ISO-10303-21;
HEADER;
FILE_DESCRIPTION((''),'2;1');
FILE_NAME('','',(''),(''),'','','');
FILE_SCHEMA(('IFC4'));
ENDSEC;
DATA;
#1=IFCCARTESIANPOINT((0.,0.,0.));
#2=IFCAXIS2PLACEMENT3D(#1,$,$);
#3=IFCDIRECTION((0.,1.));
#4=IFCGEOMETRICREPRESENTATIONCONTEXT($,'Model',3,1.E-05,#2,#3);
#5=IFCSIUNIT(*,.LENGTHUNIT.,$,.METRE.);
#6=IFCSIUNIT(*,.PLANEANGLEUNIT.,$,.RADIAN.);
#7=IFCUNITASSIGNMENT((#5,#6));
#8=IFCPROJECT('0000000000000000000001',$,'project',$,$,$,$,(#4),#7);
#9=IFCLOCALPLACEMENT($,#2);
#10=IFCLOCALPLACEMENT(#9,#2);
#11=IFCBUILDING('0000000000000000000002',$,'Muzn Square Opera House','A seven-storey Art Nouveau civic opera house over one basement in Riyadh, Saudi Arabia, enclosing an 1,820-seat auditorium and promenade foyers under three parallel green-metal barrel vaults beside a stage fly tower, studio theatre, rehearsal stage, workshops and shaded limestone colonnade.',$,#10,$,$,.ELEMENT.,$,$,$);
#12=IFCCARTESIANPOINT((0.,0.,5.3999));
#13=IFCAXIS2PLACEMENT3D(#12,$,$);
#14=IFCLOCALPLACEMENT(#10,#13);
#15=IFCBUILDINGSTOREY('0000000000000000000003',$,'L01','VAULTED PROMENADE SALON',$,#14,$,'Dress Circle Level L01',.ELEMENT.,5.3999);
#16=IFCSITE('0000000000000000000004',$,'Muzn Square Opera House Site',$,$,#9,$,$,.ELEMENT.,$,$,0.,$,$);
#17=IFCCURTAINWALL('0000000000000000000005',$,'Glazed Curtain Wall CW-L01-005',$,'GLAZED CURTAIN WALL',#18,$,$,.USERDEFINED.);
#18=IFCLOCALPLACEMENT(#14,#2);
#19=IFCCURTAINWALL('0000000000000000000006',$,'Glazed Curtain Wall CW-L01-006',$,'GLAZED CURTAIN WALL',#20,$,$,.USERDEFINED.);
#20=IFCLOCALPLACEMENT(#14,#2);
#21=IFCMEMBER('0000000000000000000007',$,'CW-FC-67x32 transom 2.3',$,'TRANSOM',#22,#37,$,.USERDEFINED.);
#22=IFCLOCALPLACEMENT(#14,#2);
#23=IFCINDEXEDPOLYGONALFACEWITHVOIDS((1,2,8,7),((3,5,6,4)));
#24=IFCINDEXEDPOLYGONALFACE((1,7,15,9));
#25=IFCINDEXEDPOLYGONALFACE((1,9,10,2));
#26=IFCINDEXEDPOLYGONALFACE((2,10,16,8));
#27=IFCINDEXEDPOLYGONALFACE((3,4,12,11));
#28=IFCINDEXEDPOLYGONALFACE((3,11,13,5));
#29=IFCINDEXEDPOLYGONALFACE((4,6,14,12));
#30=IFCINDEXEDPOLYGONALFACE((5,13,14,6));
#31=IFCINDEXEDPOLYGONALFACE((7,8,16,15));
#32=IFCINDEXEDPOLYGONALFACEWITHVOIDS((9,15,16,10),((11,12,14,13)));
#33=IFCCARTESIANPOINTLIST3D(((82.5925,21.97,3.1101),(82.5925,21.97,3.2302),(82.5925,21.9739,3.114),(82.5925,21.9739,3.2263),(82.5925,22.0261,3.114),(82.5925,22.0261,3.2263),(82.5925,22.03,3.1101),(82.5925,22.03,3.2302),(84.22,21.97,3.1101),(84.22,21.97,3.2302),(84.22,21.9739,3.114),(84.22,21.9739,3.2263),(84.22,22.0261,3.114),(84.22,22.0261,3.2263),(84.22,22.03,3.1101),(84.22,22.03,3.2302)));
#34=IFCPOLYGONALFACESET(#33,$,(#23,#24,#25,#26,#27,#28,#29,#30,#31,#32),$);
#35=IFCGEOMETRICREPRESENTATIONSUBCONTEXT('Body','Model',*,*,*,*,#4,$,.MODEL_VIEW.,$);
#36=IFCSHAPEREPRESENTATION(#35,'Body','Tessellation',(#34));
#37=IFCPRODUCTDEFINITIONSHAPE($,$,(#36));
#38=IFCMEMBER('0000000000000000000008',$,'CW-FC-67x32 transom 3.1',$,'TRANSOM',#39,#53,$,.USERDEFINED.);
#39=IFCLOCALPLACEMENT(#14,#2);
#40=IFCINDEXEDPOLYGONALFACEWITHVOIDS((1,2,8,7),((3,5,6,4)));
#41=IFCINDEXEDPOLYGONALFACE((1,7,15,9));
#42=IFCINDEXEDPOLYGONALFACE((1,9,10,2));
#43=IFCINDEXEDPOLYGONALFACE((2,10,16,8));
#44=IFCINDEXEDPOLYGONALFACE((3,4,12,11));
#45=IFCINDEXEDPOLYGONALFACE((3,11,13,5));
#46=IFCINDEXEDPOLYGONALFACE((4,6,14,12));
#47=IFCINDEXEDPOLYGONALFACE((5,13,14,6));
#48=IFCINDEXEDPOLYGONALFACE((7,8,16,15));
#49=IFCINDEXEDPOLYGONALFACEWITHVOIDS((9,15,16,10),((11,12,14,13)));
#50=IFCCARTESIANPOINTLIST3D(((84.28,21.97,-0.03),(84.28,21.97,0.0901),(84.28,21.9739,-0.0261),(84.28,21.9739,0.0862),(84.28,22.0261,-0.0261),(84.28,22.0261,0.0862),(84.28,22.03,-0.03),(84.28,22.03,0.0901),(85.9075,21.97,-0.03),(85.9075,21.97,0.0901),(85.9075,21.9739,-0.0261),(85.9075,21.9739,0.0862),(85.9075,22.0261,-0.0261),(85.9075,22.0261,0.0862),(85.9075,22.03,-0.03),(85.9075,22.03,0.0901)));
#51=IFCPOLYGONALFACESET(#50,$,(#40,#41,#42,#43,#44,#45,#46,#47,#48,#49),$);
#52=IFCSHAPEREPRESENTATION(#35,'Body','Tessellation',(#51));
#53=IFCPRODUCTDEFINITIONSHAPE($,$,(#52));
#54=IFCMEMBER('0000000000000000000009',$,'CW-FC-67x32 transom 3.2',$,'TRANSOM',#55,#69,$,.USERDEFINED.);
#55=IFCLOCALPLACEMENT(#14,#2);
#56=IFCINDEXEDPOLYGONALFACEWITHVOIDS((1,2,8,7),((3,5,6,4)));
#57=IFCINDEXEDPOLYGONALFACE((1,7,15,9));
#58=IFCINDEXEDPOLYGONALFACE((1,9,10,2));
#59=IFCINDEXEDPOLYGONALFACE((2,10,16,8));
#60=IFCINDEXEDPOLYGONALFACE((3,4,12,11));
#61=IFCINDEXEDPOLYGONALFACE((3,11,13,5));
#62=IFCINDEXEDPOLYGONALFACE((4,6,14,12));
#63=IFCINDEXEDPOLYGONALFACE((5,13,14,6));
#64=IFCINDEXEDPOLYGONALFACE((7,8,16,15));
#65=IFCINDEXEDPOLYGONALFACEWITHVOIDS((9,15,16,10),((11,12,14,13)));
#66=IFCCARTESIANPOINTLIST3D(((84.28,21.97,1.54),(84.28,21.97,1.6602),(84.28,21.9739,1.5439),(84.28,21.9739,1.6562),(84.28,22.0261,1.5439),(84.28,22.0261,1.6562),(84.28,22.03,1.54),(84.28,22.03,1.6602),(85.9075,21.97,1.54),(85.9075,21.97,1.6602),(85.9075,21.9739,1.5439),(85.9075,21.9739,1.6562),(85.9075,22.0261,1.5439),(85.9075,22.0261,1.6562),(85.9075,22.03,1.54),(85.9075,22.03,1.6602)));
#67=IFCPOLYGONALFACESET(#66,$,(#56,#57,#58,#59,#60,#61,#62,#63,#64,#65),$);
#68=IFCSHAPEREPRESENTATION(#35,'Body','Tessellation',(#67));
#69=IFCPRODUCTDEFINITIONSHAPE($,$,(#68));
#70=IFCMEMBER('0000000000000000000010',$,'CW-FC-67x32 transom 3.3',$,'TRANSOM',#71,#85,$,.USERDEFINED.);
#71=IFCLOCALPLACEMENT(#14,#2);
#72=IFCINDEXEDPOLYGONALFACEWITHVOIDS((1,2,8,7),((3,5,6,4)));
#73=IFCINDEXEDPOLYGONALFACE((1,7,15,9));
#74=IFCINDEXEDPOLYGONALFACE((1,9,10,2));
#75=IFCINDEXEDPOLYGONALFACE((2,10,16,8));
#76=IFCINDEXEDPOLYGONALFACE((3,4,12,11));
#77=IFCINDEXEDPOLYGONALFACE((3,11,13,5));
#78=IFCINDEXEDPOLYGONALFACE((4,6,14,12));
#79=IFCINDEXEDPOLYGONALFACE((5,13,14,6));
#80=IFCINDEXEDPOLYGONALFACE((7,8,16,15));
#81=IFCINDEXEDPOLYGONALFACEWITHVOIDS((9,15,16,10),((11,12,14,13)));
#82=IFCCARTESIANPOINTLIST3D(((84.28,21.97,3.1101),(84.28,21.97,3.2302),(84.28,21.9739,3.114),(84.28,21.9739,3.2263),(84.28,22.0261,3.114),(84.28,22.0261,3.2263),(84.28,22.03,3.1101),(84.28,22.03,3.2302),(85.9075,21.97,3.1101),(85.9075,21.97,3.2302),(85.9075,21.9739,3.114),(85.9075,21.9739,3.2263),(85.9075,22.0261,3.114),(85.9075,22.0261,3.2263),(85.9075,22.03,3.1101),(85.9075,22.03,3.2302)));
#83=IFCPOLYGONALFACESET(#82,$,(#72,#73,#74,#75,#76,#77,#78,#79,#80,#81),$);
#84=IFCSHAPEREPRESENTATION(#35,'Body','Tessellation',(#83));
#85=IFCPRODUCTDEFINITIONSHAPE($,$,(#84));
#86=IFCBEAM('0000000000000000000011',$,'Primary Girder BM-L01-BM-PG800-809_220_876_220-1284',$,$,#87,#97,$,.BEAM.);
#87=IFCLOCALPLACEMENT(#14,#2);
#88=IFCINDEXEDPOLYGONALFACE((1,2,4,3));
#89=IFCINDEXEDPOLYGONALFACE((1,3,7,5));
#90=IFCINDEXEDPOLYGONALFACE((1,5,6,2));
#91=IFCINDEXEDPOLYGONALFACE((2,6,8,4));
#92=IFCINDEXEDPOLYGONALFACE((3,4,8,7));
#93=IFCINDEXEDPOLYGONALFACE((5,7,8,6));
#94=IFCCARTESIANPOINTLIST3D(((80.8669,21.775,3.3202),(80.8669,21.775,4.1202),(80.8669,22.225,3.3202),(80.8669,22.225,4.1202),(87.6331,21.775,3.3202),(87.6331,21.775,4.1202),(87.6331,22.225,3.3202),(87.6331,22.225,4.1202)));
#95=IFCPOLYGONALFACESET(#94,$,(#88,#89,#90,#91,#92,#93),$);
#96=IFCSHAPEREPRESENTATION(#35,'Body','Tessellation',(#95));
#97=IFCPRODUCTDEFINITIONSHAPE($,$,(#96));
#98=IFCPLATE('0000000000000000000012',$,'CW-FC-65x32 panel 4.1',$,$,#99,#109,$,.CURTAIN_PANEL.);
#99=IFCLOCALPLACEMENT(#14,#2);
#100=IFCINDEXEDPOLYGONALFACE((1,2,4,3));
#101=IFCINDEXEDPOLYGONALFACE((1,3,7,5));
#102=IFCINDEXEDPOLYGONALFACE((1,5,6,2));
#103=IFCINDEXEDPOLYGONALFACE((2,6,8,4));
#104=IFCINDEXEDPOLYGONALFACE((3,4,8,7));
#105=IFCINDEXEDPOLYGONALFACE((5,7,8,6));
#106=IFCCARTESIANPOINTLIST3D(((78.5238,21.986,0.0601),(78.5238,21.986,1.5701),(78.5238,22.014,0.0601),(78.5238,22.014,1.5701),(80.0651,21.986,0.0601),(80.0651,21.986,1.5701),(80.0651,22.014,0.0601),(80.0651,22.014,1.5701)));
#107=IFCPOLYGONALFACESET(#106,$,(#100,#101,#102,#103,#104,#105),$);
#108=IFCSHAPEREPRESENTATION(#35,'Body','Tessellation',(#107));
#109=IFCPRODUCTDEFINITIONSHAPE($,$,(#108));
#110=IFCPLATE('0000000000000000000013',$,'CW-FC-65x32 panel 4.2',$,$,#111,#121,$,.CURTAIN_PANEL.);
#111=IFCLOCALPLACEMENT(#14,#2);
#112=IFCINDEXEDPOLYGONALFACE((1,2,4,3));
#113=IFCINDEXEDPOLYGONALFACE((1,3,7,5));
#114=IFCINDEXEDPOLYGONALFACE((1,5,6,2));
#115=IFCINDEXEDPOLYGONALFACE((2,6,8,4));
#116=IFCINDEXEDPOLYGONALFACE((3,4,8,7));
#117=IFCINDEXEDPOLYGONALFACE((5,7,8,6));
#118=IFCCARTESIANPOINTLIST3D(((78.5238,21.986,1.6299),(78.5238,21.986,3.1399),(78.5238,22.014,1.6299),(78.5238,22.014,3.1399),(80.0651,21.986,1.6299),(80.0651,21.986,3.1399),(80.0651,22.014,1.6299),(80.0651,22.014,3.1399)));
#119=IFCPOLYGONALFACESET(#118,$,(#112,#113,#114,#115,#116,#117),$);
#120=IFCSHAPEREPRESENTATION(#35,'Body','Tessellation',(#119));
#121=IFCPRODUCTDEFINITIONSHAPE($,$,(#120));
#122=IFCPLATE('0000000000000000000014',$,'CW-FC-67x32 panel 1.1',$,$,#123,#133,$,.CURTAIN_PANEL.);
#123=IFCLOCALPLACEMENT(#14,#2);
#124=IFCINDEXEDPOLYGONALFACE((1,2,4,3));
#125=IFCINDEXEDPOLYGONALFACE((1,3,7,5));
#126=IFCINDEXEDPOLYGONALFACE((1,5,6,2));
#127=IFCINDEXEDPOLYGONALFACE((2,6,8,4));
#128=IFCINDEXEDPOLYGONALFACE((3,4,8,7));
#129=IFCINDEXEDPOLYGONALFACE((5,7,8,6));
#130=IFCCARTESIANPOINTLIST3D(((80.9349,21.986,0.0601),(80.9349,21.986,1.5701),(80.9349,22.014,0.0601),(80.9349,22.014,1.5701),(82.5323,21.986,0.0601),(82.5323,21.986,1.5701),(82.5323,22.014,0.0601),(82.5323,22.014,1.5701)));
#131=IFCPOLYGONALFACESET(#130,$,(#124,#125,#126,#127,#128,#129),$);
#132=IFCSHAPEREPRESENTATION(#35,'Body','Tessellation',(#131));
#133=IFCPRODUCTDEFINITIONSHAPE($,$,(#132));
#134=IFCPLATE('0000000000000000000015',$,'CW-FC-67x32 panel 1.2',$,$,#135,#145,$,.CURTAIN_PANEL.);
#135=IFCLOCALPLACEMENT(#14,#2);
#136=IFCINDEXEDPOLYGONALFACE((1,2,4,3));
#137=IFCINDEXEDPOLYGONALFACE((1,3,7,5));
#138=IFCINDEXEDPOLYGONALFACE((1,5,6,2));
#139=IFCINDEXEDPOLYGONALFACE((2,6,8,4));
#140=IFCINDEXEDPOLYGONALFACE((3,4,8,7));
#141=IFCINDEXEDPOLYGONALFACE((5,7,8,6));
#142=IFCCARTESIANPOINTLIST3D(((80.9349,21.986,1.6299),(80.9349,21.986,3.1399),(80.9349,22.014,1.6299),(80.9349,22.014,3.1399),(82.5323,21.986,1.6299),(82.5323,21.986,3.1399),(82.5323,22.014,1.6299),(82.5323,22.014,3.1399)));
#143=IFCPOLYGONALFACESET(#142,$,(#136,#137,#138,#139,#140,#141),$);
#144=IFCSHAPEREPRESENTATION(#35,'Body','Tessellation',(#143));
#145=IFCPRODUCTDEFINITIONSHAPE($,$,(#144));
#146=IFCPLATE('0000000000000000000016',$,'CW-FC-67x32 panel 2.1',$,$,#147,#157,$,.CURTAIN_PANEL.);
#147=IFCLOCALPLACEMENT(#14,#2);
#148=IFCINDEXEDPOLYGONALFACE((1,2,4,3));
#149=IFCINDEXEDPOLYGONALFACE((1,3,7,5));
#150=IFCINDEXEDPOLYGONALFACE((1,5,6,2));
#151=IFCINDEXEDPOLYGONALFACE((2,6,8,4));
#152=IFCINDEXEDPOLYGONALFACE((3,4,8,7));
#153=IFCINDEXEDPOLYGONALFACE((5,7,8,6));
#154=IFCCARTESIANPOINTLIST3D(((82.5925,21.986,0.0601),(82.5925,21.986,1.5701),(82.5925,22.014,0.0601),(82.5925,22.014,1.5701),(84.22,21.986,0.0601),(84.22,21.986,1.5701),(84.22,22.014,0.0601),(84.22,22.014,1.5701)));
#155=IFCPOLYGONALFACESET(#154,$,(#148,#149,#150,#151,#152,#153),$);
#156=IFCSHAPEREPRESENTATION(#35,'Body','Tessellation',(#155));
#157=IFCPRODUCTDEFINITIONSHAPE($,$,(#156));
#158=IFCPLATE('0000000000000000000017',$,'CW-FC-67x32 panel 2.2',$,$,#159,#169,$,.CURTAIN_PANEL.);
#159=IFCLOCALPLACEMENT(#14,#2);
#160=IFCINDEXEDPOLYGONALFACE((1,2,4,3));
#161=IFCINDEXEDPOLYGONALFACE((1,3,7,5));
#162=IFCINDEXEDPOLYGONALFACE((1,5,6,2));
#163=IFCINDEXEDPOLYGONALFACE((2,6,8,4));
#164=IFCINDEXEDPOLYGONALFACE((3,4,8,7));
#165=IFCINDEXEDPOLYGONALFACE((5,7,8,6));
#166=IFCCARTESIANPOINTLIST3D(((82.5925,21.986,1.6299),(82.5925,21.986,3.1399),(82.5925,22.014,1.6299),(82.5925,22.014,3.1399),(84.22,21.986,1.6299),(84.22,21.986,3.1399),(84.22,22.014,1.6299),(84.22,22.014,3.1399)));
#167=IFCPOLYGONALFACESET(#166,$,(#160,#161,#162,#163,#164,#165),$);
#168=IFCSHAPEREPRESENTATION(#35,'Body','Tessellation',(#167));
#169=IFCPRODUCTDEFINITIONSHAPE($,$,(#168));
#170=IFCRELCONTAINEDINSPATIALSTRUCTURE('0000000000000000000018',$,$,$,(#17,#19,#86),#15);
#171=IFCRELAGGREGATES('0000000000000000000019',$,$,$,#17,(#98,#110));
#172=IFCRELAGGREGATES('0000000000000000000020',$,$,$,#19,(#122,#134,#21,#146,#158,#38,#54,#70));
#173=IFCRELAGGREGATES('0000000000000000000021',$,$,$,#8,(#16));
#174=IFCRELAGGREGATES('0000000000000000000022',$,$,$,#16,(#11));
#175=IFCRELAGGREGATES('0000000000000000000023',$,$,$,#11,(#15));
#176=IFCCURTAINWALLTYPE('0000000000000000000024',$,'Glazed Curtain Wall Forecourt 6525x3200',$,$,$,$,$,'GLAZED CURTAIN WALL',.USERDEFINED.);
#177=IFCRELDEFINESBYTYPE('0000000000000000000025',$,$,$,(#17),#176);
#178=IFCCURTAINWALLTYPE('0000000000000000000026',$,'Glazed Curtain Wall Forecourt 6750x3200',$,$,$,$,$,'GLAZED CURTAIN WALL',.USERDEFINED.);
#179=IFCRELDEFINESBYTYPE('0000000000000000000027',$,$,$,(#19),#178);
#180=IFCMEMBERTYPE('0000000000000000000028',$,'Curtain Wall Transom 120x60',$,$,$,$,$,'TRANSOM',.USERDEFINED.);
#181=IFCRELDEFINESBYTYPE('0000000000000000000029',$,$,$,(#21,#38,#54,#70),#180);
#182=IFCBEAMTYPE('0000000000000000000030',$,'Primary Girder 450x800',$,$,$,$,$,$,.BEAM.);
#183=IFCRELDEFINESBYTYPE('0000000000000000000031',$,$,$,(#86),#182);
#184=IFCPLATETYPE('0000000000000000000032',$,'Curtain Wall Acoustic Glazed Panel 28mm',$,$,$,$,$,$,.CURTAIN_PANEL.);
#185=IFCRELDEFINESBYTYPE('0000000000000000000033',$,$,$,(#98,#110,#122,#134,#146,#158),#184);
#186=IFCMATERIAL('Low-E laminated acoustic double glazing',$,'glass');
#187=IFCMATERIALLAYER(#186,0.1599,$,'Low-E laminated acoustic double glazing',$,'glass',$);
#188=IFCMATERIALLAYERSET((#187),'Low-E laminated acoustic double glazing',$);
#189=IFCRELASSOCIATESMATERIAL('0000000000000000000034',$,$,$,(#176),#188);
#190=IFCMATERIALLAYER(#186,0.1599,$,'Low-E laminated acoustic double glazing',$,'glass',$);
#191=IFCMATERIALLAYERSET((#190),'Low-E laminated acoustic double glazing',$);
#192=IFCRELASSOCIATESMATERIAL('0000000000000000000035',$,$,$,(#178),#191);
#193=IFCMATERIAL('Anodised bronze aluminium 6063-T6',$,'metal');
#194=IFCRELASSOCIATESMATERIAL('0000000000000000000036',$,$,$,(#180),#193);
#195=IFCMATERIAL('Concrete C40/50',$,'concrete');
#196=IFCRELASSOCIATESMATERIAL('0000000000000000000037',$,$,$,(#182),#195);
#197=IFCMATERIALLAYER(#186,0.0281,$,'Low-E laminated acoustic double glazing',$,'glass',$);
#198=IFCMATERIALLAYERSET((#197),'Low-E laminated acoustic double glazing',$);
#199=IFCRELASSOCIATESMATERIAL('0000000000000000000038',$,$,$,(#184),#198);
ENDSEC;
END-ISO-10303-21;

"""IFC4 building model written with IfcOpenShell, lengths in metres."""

from ifc_helpers import new_model, si_unit, direction, frame, origin, origin_2d, place, context, subcontext, project, spatial, rectangle, hollow_rectangle, extrude, material, layer, layer_set, material_profile, profile_set, type_object, element, aggregate, save


model = new_model("IFC4")

# Units and contexts
model_context = context("Model", 3, precision=1e-05, world=origin(), true_north=direction((0.0, 1.0)))
body_context = subcontext(model_context, "Body", "Model", "MODEL_VIEW")
ifc_project = project(units=[si_unit("LENGTHUNIT", "METRE"), si_unit("PLANEANGLEUNIT", "RADIAN")], contexts=[model_context])

# Site, building, storey
site_placement = place(None, origin())
site = spatial("IfcSite", under=ifc_project, at=site_placement, Name="Muzn Square Opera House Site", CompositionType="ELEMENT", RefElevation=0.0)
building_placement = place(site_placement, origin())
building = spatial("IfcBuilding", under=site, at=building_placement, Name="Muzn Square Opera House", Description="A seven-storey Art Nouveau civic opera house over one basement in Riyadh, Saudi Arabia, enclosing an 1,820-seat auditorium and promenade foyers under three parallel green-metal barrel vaults beside a stage fly tower, studio theatre, rehearsal stage, workshops and shaded limestone colonnade.", CompositionType="ELEMENT")
storey_placement = place(building_placement, frame((0.0, 0.0, 5.3999)))
storey = spatial("IfcBuildingStorey", under=building, at=storey_placement, Name="L01", Description="VAULTED PROMENADE SALON", LongName="Dress Circle Level L01", CompositionType="ELEMENT", Elevation=5.3999)

# Curtain wall
ifc_material_1 = material(Name="Low-E laminated acoustic double glazing", Category="glass")
ifc_layer_1 = layer(ifc_material_1, 0.1599, Name="Low-E laminated acoustic double glazing", Category="glass")
ifc_layer_set_1 = layer_set([ifc_layer_1], Name="Low-E laminated acoustic double glazing")
curtain_wall_type_1 = type_object("IfcCurtainWallType", Name="Glazed Curtain Wall Forecourt 6525x3200", ElementType="GLAZED CURTAIN WALL", PredefinedType="USERDEFINED", material=ifc_layer_set_1)
curtain_wall_1_placement = place(storey_placement, origin())
curtain_wall_1 = element("IfcCurtainWall", 1, at=curtain_wall_1_placement, inside=storey, type_object=curtain_wall_type_1, Name="Glazed Curtain Wall CW-L01-005", ObjectType="GLAZED CURTAIN WALL", PredefinedType="USERDEFINED")
ifc_material_2 = material(Name="Anodised bronze aluminium 6063-T6", Category="metal")

# Curtain wall
ifc_layer_2 = layer(ifc_material_1, 0.1599, Name="Low-E laminated acoustic double glazing", Category="glass")
ifc_layer_set_2 = layer_set([ifc_layer_2], Name="Low-E laminated acoustic double glazing")
curtain_wall_type_2 = type_object("IfcCurtainWallType", Name="Glazed Curtain Wall Forecourt 6750x3200", ElementType="GLAZED CURTAIN WALL", PredefinedType="USERDEFINED", material=ifc_layer_set_2)
curtain_wall_2_placement = place(storey_placement, origin())
curtain_wall_2 = element("IfcCurtainWall", 2, at=curtain_wall_2_placement, inside=storey, type_object=curtain_wall_type_2, Name="Glazed Curtain Wall CW-L01-006", ObjectType="GLAZED CURTAIN WALL", PredefinedType="USERDEFINED")

# Members
ifc_material_profile_1 = material_profile(ifc_material_2, hollow_rectangle(XDim=0.0601, YDim=0.1201, WallThickness=0.0039, at=origin_2d()), Name="ALU 120x60x4", Category="metal")
ifc_profile_set_1 = profile_set([ifc_material_profile_1], Name="Anodised bronze aluminium 6063-T6")
member_type_1 = type_object("IfcMemberType", Name="Curtain Wall Transom 120x60", ElementType="TRANSOM", PredefinedType="USERDEFINED", material=ifc_profile_set_1)
member_1_placement = place(storey_placement, frame((82.5925, 22.0, 3.1702), z_axis=(1.0, 0.0, 0.0), x_axis=(0.0, 1.0, 0.0)))
member_1 = element("IfcMember", 3, at=member_1_placement, type_object=member_type_1, Name="CW-FC-67x32 transom 2.3", ObjectType="TRANSOM", PredefinedType="USERDEFINED", context=body_context, shape_type="SweptSolid", body=[
    extrude(hollow_rectangle(XDim=0.0601, YDim=0.1201, WallThickness=0.0039, at=origin_2d()), origin(), (0.0, 0.0, 1.0), 1.6274),
])
member_2_placement = place(storey_placement, frame((84.28, 22.0, 0.03), z_axis=(1.0, 0.0, 0.0), x_axis=(0.0, 1.0, 0.0)))
member_2 = element("IfcMember", 4, at=member_2_placement, type_object=member_type_1, Name="CW-FC-67x32 transom 3.1", ObjectType="TRANSOM", PredefinedType="USERDEFINED", context=body_context, shape_type="SweptSolid", body=[
    extrude(hollow_rectangle(XDim=0.0601, YDim=0.1201, WallThickness=0.0039, at=origin_2d()), origin(), (0.0, 0.0, 1.0), 1.6274),
])
member_3_placement = place(storey_placement, frame((84.28, 22.0, 1.6001), z_axis=(1.0, 0.0, 0.0), x_axis=(0.0, 1.0, 0.0)))
member_3 = element("IfcMember", 5, at=member_3_placement, type_object=member_type_1, Name="CW-FC-67x32 transom 3.2", ObjectType="TRANSOM", PredefinedType="USERDEFINED", context=body_context, shape_type="SweptSolid", body=[
    extrude(hollow_rectangle(XDim=0.0601, YDim=0.1201, WallThickness=0.0039, at=origin_2d()), origin(), (0.0, 0.0, 1.0), 1.6274),
])
member_4_placement = place(storey_placement, frame((84.28, 22.0, 3.1702), z_axis=(1.0, 0.0, 0.0), x_axis=(0.0, 1.0, 0.0)))
member_4 = element("IfcMember", 6, at=member_4_placement, type_object=member_type_1, Name="CW-FC-67x32 transom 3.3", ObjectType="TRANSOM", PredefinedType="USERDEFINED", context=body_context, shape_type="SweptSolid", body=[
    extrude(hollow_rectangle(XDim=0.0601, YDim=0.1201, WallThickness=0.0039, at=origin_2d()), origin(), (0.0, 0.0, 1.0), 1.6274),
])

# Beam
ifc_material_3 = material(Name="Concrete C40/50", Category="concrete")
ifc_material_profile_2 = material_profile(ifc_material_3, rectangle(XDim=0.45, YDim=0.8, at=origin_2d()), Name="RCB 450x800", Category="concrete")
ifc_profile_set_2 = profile_set([ifc_material_profile_2], Name="Concrete C40/50")
beam_type = type_object("IfcBeamType", Name="Primary Girder 450x800", PredefinedType="BEAM", material=ifc_profile_set_2)
beam_placement = place(storey_placement, frame((80.8669, 22.0, 3.7202), z_axis=(1.0, 0.0, 0.0), x_axis=(0.0, 1.0, 0.0)))
element("IfcBeam", 7, at=beam_placement, inside=storey, type_object=beam_type, Name="Primary Girder BM-L01-BM-PG800-809_220_876_220-1284", PredefinedType="BEAM", context=body_context, shape_type="SweptSolid", body=[
    extrude(rectangle(XDim=0.45, YDim=0.8, at=origin_2d()), origin(), (0.0, 0.0, 1.0), 6.7661),
])

# Plates
ifc_layer_3 = layer(ifc_material_1, 0.0281, Name="Low-E laminated acoustic double glazing", Category="glass")
ifc_layer_set_3 = layer_set([ifc_layer_3], Name="Low-E laminated acoustic double glazing")
plate_type = type_object("IfcPlateType", Name="Curtain Wall Acoustic Glazed Panel 28mm", PredefinedType="CURTAIN_PANEL", material=ifc_layer_set_3)
plate_1_placement = place(storey_placement, frame((79.2944, 22.0, 0.0601), z_axis=(0.0, 0.0, 1.0), x_axis=(1.0, 0.0, 0.0)))
plate_1 = element("IfcPlate", 8, at=plate_1_placement, type_object=plate_type, Name="CW-FC-65x32 panel 4.1", PredefinedType="CURTAIN_PANEL", context=body_context, shape_type="SweptSolid", body=[
    extrude(rectangle(XDim=1.5413, YDim=0.0281, at=origin_2d()), origin(), (0.0, 0.0, 1.0), 1.51),
])
plate_2_placement = place(storey_placement, frame((79.2944, 22.0, 1.6299), z_axis=(0.0, 0.0, 1.0), x_axis=(1.0, 0.0, 0.0)))
plate_2 = element("IfcPlate", 9, at=plate_2_placement, type_object=plate_type, Name="CW-FC-65x32 panel 4.2", PredefinedType="CURTAIN_PANEL", context=body_context, shape_type="SweptSolid", body=[
    extrude(rectangle(XDim=1.5413, YDim=0.0281, at=origin_2d()), origin(), (0.0, 0.0, 1.0), 1.51),
])
aggregate(curtain_wall_1, [plate_1, plate_2])
plate_3_placement = place(storey_placement, frame((81.7336, 22.0, 0.0601), z_axis=(0.0, 0.0, 1.0), x_axis=(1.0, 0.0, 0.0)))
plate_3 = element("IfcPlate", 10, at=plate_3_placement, type_object=plate_type, Name="CW-FC-67x32 panel 1.1", PredefinedType="CURTAIN_PANEL", context=body_context, shape_type="SweptSolid", body=[
    extrude(rectangle(XDim=1.5974, YDim=0.0281, at=origin_2d()), origin(), (0.0, 0.0, 1.0), 1.51),
])
plate_4_placement = place(storey_placement, frame((81.7336, 22.0, 1.6299), z_axis=(0.0, 0.0, 1.0), x_axis=(1.0, 0.0, 0.0)))
plate_4 = element("IfcPlate", 11, at=plate_4_placement, type_object=plate_type, Name="CW-FC-67x32 panel 1.2", PredefinedType="CURTAIN_PANEL", context=body_context, shape_type="SweptSolid", body=[
    extrude(rectangle(XDim=1.5974, YDim=0.0281, at=origin_2d()), origin(), (0.0, 0.0, 1.0), 1.51),
])
plate_5_placement = place(storey_placement, frame((83.4062, 22.0, 0.0601), z_axis=(0.0, 0.0, 1.0), x_axis=(1.0, 0.0, 0.0)))
plate_5 = element("IfcPlate", 12, at=plate_5_placement, type_object=plate_type, Name="CW-FC-67x32 panel 2.1", PredefinedType="CURTAIN_PANEL", context=body_context, shape_type="SweptSolid", body=[
    extrude(rectangle(XDim=1.6274, YDim=0.0281, at=origin_2d()), origin(), (0.0, 0.0, 1.0), 1.51),
])
plate_6_placement = place(storey_placement, frame((83.4062, 22.0, 1.6299), z_axis=(0.0, 0.0, 1.0), x_axis=(1.0, 0.0, 0.0)))
plate_6 = element("IfcPlate", 13, at=plate_6_placement, type_object=plate_type, Name="CW-FC-67x32 panel 2.2", PredefinedType="CURTAIN_PANEL", context=body_context, shape_type="SweptSolid", body=[
    extrude(rectangle(XDim=1.6274, YDim=0.0281, at=origin_2d()), origin(), (0.0, 0.0, 1.0), 1.51),
])
aggregate(curtain_wall_2, [plate_3, plate_4, member_1, plate_5, plate_6, member_2, member_3, member_4])

save(model, "model.ifc")
